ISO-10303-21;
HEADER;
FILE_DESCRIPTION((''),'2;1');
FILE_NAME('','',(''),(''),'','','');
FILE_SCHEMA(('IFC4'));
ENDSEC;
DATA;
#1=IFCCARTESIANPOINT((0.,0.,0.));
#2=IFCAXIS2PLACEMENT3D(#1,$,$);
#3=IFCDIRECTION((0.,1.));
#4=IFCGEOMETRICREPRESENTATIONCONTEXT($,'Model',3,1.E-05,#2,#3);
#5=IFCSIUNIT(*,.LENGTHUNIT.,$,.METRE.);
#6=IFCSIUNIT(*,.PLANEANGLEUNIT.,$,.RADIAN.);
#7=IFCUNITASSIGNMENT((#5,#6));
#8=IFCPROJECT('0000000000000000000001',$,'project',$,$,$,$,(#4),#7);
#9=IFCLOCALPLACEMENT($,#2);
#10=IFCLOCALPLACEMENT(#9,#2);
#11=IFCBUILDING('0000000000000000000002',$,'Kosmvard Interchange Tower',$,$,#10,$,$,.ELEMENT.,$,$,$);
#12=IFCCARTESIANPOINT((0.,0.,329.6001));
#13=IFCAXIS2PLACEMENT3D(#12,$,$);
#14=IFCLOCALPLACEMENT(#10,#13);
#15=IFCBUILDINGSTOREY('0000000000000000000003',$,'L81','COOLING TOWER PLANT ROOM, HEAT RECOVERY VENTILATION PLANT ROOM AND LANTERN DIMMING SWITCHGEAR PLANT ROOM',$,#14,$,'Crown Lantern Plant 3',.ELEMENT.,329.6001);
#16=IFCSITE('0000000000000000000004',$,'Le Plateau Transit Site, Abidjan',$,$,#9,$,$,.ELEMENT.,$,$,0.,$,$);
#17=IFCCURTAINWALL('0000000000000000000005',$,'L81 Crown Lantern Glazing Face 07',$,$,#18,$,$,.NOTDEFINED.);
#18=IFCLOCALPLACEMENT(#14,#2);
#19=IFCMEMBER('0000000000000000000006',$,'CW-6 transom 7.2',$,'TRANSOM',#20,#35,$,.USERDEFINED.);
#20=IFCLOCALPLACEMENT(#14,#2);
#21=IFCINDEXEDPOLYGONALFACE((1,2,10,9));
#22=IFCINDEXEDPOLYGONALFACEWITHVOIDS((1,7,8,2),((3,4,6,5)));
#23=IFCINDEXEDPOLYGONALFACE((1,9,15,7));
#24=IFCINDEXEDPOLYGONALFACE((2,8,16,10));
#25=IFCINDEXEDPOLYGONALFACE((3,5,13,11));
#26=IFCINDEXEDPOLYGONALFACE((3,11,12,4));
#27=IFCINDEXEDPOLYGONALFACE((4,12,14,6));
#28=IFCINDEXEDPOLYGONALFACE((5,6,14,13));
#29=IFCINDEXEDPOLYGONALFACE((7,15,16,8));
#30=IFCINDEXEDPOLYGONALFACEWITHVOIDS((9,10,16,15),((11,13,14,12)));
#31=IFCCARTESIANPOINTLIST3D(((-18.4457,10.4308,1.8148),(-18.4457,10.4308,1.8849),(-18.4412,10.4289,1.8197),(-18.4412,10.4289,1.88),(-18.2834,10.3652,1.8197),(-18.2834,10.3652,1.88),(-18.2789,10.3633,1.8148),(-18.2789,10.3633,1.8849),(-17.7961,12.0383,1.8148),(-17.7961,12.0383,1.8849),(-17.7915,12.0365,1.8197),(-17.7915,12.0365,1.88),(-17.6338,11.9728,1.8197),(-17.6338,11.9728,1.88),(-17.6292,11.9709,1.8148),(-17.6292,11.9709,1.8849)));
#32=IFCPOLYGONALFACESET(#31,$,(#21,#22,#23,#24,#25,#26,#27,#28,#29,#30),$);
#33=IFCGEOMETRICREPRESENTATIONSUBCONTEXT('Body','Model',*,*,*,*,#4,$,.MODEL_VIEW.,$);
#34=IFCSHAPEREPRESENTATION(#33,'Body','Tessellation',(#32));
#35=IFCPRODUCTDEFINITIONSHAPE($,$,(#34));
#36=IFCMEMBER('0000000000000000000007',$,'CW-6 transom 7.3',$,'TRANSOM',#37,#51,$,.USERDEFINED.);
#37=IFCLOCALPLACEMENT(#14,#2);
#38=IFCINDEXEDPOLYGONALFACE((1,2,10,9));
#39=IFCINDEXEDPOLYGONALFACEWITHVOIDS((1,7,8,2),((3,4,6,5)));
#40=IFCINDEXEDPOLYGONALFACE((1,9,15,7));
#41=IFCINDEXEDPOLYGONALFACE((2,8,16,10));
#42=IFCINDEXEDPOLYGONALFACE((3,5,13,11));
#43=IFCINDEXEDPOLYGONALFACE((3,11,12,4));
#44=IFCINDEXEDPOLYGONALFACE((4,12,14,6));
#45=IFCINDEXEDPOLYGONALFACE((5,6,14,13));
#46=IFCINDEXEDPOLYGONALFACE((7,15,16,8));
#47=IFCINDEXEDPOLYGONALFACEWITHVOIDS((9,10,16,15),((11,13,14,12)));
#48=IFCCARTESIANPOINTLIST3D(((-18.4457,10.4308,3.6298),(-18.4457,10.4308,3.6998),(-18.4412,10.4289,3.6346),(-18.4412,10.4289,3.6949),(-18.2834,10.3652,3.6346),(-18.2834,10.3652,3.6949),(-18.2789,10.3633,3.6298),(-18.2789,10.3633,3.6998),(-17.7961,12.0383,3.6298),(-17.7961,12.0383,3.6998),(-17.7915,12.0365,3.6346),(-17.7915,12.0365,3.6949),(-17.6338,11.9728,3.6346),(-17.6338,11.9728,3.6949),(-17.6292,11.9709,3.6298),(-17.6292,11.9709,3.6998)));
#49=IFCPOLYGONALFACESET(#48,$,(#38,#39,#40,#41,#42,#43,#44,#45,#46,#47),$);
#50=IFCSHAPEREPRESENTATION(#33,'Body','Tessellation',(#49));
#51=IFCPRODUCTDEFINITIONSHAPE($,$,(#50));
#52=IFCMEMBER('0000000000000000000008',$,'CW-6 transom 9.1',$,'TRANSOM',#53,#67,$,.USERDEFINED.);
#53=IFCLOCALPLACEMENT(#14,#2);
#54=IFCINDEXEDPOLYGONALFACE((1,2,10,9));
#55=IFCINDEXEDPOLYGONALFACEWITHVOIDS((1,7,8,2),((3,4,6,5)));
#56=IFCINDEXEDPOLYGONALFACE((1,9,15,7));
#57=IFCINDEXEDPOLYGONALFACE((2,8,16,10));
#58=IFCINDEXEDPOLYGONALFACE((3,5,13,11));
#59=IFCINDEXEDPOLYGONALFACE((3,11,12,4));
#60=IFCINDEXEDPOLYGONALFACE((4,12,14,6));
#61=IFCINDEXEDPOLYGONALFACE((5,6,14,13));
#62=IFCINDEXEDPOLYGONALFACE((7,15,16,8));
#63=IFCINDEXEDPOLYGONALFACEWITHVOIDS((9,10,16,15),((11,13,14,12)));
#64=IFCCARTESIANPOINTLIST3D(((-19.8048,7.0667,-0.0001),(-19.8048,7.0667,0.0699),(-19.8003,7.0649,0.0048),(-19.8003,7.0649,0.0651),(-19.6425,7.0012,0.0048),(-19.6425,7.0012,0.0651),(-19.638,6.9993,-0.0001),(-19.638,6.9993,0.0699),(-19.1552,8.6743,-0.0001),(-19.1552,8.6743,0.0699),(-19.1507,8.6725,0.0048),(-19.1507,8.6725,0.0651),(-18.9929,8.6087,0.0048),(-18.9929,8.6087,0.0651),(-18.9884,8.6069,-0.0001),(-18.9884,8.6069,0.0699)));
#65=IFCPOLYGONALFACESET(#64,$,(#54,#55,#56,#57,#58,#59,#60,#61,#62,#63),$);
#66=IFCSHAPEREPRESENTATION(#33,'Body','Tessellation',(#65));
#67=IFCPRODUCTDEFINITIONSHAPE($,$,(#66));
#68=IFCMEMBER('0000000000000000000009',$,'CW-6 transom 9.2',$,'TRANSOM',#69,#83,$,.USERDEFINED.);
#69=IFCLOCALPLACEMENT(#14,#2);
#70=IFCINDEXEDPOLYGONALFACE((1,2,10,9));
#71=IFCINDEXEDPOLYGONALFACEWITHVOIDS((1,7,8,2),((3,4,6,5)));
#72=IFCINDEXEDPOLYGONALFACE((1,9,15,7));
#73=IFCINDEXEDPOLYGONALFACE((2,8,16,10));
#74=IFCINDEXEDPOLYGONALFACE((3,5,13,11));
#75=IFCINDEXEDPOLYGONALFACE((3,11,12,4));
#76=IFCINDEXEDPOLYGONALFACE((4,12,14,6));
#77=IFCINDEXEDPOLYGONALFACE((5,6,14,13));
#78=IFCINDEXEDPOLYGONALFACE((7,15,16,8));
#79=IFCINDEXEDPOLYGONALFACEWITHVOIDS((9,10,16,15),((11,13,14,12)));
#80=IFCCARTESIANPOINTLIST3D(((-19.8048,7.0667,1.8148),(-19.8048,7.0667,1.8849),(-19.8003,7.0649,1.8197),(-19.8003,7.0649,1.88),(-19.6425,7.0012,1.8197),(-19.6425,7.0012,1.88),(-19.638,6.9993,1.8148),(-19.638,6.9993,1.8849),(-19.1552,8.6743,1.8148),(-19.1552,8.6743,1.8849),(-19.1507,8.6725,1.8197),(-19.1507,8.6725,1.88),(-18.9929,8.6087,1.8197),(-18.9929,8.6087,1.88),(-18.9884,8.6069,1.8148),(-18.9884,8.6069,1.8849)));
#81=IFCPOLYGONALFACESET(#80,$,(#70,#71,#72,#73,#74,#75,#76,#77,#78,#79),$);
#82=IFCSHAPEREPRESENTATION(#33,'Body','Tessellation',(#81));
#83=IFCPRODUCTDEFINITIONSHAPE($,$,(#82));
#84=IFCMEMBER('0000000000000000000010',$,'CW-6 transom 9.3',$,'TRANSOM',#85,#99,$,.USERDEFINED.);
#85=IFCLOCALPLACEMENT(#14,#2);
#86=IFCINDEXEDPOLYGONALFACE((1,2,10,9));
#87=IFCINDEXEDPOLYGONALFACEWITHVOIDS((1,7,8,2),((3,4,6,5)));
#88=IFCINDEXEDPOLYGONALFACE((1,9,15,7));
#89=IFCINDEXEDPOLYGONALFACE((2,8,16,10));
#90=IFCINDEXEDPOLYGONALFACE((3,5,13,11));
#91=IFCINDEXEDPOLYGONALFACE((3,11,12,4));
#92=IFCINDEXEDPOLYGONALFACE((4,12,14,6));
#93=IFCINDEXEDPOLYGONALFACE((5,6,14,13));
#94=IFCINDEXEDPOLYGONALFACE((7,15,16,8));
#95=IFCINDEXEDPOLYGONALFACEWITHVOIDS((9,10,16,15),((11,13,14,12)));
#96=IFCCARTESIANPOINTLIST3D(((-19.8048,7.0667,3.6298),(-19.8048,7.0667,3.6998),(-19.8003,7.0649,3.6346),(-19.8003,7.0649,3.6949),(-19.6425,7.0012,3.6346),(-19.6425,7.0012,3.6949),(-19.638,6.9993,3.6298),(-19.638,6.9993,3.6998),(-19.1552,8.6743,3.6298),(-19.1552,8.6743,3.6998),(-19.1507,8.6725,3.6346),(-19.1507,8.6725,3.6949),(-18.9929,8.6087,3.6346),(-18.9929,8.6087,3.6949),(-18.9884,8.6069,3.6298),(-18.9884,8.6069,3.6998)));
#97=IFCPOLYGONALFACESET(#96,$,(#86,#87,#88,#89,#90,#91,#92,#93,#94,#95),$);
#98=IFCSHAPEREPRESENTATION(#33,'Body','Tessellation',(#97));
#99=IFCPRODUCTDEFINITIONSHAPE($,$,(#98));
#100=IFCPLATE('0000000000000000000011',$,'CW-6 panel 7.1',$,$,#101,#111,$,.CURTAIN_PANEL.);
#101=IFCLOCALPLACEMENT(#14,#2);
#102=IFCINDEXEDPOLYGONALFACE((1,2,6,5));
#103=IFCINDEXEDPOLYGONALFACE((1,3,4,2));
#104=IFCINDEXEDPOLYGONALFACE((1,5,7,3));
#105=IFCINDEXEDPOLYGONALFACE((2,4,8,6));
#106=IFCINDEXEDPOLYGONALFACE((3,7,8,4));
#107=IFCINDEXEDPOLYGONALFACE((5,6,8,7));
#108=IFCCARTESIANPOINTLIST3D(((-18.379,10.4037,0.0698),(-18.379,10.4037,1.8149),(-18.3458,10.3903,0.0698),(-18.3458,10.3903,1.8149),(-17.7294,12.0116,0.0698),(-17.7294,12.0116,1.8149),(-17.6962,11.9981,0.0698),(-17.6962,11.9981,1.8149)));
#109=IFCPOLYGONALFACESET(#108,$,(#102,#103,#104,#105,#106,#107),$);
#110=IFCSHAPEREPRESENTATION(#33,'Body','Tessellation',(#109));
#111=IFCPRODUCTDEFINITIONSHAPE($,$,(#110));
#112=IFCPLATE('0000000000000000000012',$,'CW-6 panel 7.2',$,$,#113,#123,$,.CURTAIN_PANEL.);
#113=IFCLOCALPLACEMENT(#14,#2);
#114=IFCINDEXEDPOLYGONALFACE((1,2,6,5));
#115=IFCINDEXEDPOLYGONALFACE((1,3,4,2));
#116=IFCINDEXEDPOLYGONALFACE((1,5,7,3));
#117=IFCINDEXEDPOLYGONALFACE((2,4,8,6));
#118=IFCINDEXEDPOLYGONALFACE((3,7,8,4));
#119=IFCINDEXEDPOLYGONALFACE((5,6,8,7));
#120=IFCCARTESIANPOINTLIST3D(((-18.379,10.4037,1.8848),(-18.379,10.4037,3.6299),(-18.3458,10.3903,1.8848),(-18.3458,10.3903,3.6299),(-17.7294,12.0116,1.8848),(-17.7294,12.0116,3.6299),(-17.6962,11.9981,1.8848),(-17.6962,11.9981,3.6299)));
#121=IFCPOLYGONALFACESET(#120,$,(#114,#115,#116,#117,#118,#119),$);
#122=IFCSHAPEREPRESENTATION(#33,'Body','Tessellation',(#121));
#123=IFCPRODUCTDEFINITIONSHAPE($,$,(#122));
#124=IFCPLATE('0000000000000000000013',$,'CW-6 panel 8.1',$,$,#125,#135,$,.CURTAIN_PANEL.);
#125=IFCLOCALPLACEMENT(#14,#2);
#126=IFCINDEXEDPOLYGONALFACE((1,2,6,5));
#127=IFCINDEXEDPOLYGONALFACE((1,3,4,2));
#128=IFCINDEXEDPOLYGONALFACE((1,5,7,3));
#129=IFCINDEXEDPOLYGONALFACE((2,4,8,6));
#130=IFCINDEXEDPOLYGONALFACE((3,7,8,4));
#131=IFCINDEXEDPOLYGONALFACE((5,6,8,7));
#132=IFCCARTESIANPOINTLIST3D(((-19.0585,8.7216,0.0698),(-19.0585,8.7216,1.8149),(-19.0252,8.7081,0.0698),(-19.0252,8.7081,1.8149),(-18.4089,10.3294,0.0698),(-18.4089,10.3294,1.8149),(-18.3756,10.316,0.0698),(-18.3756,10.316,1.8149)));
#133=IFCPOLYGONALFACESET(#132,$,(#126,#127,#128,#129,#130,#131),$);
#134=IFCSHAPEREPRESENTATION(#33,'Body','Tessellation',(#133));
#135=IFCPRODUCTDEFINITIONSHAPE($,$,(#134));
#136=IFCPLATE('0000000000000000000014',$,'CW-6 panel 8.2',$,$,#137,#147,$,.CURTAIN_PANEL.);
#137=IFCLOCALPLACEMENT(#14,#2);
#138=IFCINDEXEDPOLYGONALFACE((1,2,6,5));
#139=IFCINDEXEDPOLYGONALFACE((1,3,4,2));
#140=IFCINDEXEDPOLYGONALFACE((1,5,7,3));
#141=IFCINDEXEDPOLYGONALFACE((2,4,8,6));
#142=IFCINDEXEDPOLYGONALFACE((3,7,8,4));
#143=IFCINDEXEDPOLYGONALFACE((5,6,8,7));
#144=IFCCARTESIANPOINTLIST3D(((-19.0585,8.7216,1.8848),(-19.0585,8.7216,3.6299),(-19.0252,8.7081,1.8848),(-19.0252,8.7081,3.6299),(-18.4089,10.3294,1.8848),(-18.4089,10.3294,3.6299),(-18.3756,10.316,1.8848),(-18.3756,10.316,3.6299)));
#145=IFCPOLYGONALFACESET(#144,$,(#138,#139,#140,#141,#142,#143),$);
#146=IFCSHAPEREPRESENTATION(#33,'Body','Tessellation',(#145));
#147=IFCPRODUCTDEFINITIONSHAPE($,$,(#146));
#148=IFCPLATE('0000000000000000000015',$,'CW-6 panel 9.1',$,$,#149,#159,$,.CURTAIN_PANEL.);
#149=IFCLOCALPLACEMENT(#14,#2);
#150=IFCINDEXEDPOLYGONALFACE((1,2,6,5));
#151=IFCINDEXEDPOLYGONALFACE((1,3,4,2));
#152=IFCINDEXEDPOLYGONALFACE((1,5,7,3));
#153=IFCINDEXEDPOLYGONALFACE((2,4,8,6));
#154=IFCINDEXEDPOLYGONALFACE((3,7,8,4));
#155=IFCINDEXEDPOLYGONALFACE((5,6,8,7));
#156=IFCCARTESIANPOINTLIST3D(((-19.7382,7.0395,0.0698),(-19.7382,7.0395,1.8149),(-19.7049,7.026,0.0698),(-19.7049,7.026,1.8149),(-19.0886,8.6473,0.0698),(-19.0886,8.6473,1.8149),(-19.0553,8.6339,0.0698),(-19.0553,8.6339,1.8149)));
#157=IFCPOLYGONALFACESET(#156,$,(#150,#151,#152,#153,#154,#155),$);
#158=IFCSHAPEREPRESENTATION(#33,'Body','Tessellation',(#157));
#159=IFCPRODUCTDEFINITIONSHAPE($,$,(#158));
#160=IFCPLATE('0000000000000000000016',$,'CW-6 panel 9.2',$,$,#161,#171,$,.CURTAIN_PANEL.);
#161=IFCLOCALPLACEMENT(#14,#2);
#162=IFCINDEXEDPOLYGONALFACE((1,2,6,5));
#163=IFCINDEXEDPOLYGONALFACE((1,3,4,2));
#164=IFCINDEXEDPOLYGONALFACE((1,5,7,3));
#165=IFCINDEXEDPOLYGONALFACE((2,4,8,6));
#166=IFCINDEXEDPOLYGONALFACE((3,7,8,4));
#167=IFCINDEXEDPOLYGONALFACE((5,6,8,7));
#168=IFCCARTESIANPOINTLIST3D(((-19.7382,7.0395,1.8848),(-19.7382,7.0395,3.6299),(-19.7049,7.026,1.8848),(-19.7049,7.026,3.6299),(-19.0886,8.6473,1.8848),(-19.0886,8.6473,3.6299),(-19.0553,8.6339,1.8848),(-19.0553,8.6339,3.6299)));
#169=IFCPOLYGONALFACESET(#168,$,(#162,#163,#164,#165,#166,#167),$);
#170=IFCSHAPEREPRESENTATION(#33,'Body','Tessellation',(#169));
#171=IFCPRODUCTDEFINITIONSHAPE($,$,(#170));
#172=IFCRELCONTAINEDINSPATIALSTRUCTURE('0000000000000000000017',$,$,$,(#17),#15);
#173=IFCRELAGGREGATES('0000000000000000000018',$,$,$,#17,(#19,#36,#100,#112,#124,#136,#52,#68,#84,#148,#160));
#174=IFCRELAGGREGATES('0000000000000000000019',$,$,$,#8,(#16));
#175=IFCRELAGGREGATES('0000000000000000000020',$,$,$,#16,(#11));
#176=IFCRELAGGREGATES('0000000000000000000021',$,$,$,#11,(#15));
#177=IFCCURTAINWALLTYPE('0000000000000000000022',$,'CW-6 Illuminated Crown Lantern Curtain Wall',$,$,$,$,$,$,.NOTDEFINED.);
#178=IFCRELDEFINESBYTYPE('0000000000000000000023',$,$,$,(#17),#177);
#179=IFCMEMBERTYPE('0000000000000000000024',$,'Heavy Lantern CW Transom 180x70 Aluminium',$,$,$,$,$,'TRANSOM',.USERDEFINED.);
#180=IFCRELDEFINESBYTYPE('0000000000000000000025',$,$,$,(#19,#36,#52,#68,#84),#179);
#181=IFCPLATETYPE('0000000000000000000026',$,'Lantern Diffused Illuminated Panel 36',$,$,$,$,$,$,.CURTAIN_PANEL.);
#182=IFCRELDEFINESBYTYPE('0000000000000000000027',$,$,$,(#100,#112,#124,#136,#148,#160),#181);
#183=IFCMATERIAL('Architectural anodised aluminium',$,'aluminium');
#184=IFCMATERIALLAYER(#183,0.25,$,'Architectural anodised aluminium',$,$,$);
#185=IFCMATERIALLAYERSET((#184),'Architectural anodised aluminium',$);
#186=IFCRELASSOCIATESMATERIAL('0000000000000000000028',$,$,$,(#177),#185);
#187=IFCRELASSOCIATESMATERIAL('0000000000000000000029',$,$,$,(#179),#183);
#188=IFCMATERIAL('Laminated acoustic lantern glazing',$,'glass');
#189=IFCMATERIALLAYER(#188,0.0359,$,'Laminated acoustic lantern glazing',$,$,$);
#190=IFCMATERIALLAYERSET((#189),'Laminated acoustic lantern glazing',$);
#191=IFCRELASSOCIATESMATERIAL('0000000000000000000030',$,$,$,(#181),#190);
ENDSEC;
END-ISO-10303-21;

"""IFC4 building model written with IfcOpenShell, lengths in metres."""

from ifc_helpers import new_model, si_unit, direction, frame, origin, origin_2d, place, context, subcontext, project, spatial, rectangle, hollow_rectangle, extrude, source, transform, mapped, material, layer, layer_set, material_profile, profile_set, type_object, element, aggregate, save


model = new_model("IFC4")

# Units and contexts
model_context = context("Model", 3, precision=1e-05, world=origin(), true_north=direction((0.0, 1.0)))
body_context = subcontext(model_context, "Body", "Model", "MODEL_VIEW")
ifc_project = project(units=[si_unit("LENGTHUNIT", "METRE"), si_unit("PLANEANGLEUNIT", "RADIAN")], contexts=[model_context])

# Site, building, storey
site_placement = place(None, origin())
site = spatial("IfcSite", under=ifc_project, at=site_placement, Name="Le Plateau Transit Site, Abidjan", CompositionType="ELEMENT", RefElevation=0.0)
building_placement = place(site_placement, origin())
building = spatial("IfcBuilding", under=site, at=building_placement, Name="Kosmvard Interchange Tower", CompositionType="ELEMENT")
storey_placement = place(building_placement, frame((0.0, 0.0, 329.6001)))
storey = spatial("IfcBuildingStorey", under=building, at=storey_placement, Name="L81", Description="COOLING TOWER PLANT ROOM, HEAT RECOVERY VENTILATION PLANT ROOM AND LANTERN DIMMING SWITCHGEAR PLANT ROOM", LongName="Crown Lantern Plant 3", CompositionType="ELEMENT", Elevation=329.6001)

# Curtain wall, members, plates
ifc_material_1 = material(Name="Architectural anodised aluminium", Category="aluminium")
ifc_layer_1 = layer(ifc_material_1, 0.25, Name="Architectural anodised aluminium")
ifc_layer_set_1 = layer_set([ifc_layer_1], Name="Architectural anodised aluminium")
curtain_wall_type = type_object("IfcCurtainWallType", Name="CW-6 Illuminated Crown Lantern Curtain Wall", PredefinedType="NOTDEFINED", material=ifc_layer_set_1)
curtain_wall_placement = place(storey_placement, origin())
curtain_wall = element("IfcCurtainWall", 1, at=curtain_wall_placement, inside=storey, type_object=curtain_wall_type, Name="L81 Crown Lantern Glazing Face 07", PredefinedType="NOTDEFINED")
ifc_material_profile_1 = material_profile(ifc_material_1, hollow_rectangle(XDim=0.1799, YDim=0.0701, WallThickness=0.0049, at=origin_2d()), Name="CWT 180x70x5")
ifc_profile_set_1 = profile_set([ifc_material_profile_1], Name="Architectural anodised aluminium")
member_type_1 = type_object("IfcMemberType", Name="Heavy Lantern CW Transom 180x70 Aluminium", ElementType="TRANSOM", PredefinedType="USERDEFINED", material=ifc_profile_set_1)
shared_shape_1 = source(origin(), body_context, "Body", "SweptSolid", [
    extrude(hollow_rectangle(XDim=0.1799, YDim=0.0701, WallThickness=0.0049, at=origin_2d()), origin(), (0.0, 0.0, 1.0), 1.7339),
])
member_1_placement = place(storey_placement, frame((-17.7126, 12.0046, 1.8499), z_axis=(-0.374666, -0.92716, 0.0), x_axis=(0.92716, -0.374666, 0.0)))
member_1 = element("IfcMember", 2, at=member_1_placement, type_object=member_type_1, Name="CW-6 transom 7.2", ObjectType="TRANSOM", PredefinedType="USERDEFINED", context=body_context, shape_type="MappedRepresentation", body=[
    mapped(shared_shape_1, transform((0.0, 0.0, 0.0), scale=1.0)),
])
member_2_placement = place(storey_placement, frame((-17.7126, 12.0046, 3.6648), z_axis=(-0.374666, -0.92716, 0.0), x_axis=(0.92716, -0.374666, 0.0)))
member_2 = element("IfcMember", 3, at=member_2_placement, type_object=member_type_1, Name="CW-6 transom 7.3", ObjectType="TRANSOM", PredefinedType="USERDEFINED", context=body_context, shape_type="MappedRepresentation", body=[
    mapped(shared_shape_1, transform((0.0, 0.0, 0.0), scale=1.0)),
])
member_3_placement = place(storey_placement, frame((-19.0718, 8.6406, 0.0349), z_axis=(-0.374666, -0.92716, 0.0), x_axis=(0.92716, -0.374666, 0.0)))
member_3 = element("IfcMember", 4, at=member_3_placement, type_object=member_type_1, Name="CW-6 transom 9.1", ObjectType="TRANSOM", PredefinedType="USERDEFINED", context=body_context, shape_type="MappedRepresentation", body=[
    mapped(shared_shape_1, transform((0.0, 0.0, 0.0), scale=1.0)),
])
member_4_placement = place(storey_placement, frame((-19.0718, 8.6406, 1.8499), z_axis=(-0.374666, -0.92716, 0.0), x_axis=(0.92716, -0.374666, 0.0)))
member_4 = element("IfcMember", 5, at=member_4_placement, type_object=member_type_1, Name="CW-6 transom 9.2", ObjectType="TRANSOM", PredefinedType="USERDEFINED", context=body_context, shape_type="MappedRepresentation", body=[
    mapped(shared_shape_1, transform((0.0, 0.0, 0.0), scale=1.0)),
])
member_5_placement = place(storey_placement, frame((-19.0718, 8.6406, 3.6648), z_axis=(-0.374666, -0.92716, 0.0), x_axis=(0.92716, -0.374666, 0.0)))
member_5 = element("IfcMember", 6, at=member_5_placement, type_object=member_type_1, Name="CW-6 transom 9.3", ObjectType="TRANSOM", PredefinedType="USERDEFINED", context=body_context, shape_type="MappedRepresentation", body=[
    mapped(shared_shape_1, transform((0.0, 0.0, 0.0), scale=1.0)),
])
ifc_material_2 = material(Name="Laminated acoustic lantern glazing", Category="glass")
ifc_layer_2 = layer(ifc_material_2, 0.0359, Name="Laminated acoustic lantern glazing")
ifc_layer_set_2 = layer_set([ifc_layer_2], Name="Laminated acoustic lantern glazing")
plate_type = type_object("IfcPlateType", Name="Lantern Diffused Illuminated Panel 36", PredefinedType="CURTAIN_PANEL", material=ifc_layer_set_2)
shared_shape_2 = source(origin(), body_context, "Body", "SweptSolid", [
    extrude(rectangle(XDim=1.7341, YDim=0.0359, at=origin_2d()), origin(), (0.0, 0.0, 1.0), 1.7451),
])
plate_1_placement = place(storey_placement, frame((-18.0376, 11.2009, 0.0698), z_axis=(0.0, 0.0, 1.0), x_axis=(-0.374607, -0.927184, 0.0)))
plate_1 = element("IfcPlate", 7, at=plate_1_placement, type_object=plate_type, Name="CW-6 panel 7.1", PredefinedType="CURTAIN_PANEL", context=body_context, shape_type="MappedRepresentation", body=[
    mapped(shared_shape_2, transform((0.0, 0.0, 0.0), scale=1.0)),
])
plate_2_placement = place(storey_placement, frame((-18.0376, 11.2009, 1.8848), z_axis=(0.0, 0.0, 1.0), x_axis=(-0.374607, -0.927184, 0.0)))
plate_2 = element("IfcPlate", 8, at=plate_2_placement, type_object=plate_type, Name="CW-6 panel 7.2", PredefinedType="CURTAIN_PANEL", context=body_context, shape_type="MappedRepresentation", body=[
    mapped(shared_shape_2, transform((0.0, 0.0, 0.0), scale=1.0)),
])
plate_3_placement = place(storey_placement, frame((-18.717, 9.5188, 0.0698), z_axis=(0.0, 0.0, 1.0), x_axis=(-0.374607, -0.927184, 0.0)))
plate_3 = element("IfcPlate", 9, at=plate_3_placement, type_object=plate_type, Name="CW-6 panel 8.1", PredefinedType="CURTAIN_PANEL", context=body_context, shape_type="MappedRepresentation", body=[
    mapped(shared_shape_2, transform((0.0, 0.0, 0.0), scale=1.0)),
])
plate_4_placement = place(storey_placement, frame((-18.717, 9.5188, 1.8848), z_axis=(0.0, 0.0, 1.0), x_axis=(-0.374607, -0.927184, 0.0)))
plate_4 = element("IfcPlate", 10, at=plate_4_placement, type_object=plate_type, Name="CW-6 panel 8.2", PredefinedType="CURTAIN_PANEL", context=body_context, shape_type="MappedRepresentation", body=[
    mapped(shared_shape_2, transform((0.0, 0.0, 0.0), scale=1.0)),
])
plate_5_placement = place(storey_placement, frame((-19.3967, 7.8367, 0.0698), z_axis=(0.0, 0.0, 1.0), x_axis=(-0.374607, -0.927184, 0.0)))
plate_5 = element("IfcPlate", 11, at=plate_5_placement, type_object=plate_type, Name="CW-6 panel 9.1", PredefinedType="CURTAIN_PANEL", context=body_context, shape_type="MappedRepresentation", body=[
    mapped(shared_shape_2, transform((0.0, 0.0, 0.0), scale=1.0)),
])
plate_6_placement = place(storey_placement, frame((-19.3967, 7.8367, 1.8848), z_axis=(0.0, 0.0, 1.0), x_axis=(-0.374607, -0.927184, 0.0)))
plate_6 = element("IfcPlate", 12, at=plate_6_placement, type_object=plate_type, Name="CW-6 panel 9.2", PredefinedType="CURTAIN_PANEL", context=body_context, shape_type="MappedRepresentation", body=[
    mapped(shared_shape_2, transform((0.0, 0.0, 0.0), scale=1.0)),
])
aggregate(curtain_wall, [member_1, member_2, plate_1, plate_2, plate_3, plate_4, member_3, member_4, member_5, plate_5, plate_6])

save(model, "model.ifc")
